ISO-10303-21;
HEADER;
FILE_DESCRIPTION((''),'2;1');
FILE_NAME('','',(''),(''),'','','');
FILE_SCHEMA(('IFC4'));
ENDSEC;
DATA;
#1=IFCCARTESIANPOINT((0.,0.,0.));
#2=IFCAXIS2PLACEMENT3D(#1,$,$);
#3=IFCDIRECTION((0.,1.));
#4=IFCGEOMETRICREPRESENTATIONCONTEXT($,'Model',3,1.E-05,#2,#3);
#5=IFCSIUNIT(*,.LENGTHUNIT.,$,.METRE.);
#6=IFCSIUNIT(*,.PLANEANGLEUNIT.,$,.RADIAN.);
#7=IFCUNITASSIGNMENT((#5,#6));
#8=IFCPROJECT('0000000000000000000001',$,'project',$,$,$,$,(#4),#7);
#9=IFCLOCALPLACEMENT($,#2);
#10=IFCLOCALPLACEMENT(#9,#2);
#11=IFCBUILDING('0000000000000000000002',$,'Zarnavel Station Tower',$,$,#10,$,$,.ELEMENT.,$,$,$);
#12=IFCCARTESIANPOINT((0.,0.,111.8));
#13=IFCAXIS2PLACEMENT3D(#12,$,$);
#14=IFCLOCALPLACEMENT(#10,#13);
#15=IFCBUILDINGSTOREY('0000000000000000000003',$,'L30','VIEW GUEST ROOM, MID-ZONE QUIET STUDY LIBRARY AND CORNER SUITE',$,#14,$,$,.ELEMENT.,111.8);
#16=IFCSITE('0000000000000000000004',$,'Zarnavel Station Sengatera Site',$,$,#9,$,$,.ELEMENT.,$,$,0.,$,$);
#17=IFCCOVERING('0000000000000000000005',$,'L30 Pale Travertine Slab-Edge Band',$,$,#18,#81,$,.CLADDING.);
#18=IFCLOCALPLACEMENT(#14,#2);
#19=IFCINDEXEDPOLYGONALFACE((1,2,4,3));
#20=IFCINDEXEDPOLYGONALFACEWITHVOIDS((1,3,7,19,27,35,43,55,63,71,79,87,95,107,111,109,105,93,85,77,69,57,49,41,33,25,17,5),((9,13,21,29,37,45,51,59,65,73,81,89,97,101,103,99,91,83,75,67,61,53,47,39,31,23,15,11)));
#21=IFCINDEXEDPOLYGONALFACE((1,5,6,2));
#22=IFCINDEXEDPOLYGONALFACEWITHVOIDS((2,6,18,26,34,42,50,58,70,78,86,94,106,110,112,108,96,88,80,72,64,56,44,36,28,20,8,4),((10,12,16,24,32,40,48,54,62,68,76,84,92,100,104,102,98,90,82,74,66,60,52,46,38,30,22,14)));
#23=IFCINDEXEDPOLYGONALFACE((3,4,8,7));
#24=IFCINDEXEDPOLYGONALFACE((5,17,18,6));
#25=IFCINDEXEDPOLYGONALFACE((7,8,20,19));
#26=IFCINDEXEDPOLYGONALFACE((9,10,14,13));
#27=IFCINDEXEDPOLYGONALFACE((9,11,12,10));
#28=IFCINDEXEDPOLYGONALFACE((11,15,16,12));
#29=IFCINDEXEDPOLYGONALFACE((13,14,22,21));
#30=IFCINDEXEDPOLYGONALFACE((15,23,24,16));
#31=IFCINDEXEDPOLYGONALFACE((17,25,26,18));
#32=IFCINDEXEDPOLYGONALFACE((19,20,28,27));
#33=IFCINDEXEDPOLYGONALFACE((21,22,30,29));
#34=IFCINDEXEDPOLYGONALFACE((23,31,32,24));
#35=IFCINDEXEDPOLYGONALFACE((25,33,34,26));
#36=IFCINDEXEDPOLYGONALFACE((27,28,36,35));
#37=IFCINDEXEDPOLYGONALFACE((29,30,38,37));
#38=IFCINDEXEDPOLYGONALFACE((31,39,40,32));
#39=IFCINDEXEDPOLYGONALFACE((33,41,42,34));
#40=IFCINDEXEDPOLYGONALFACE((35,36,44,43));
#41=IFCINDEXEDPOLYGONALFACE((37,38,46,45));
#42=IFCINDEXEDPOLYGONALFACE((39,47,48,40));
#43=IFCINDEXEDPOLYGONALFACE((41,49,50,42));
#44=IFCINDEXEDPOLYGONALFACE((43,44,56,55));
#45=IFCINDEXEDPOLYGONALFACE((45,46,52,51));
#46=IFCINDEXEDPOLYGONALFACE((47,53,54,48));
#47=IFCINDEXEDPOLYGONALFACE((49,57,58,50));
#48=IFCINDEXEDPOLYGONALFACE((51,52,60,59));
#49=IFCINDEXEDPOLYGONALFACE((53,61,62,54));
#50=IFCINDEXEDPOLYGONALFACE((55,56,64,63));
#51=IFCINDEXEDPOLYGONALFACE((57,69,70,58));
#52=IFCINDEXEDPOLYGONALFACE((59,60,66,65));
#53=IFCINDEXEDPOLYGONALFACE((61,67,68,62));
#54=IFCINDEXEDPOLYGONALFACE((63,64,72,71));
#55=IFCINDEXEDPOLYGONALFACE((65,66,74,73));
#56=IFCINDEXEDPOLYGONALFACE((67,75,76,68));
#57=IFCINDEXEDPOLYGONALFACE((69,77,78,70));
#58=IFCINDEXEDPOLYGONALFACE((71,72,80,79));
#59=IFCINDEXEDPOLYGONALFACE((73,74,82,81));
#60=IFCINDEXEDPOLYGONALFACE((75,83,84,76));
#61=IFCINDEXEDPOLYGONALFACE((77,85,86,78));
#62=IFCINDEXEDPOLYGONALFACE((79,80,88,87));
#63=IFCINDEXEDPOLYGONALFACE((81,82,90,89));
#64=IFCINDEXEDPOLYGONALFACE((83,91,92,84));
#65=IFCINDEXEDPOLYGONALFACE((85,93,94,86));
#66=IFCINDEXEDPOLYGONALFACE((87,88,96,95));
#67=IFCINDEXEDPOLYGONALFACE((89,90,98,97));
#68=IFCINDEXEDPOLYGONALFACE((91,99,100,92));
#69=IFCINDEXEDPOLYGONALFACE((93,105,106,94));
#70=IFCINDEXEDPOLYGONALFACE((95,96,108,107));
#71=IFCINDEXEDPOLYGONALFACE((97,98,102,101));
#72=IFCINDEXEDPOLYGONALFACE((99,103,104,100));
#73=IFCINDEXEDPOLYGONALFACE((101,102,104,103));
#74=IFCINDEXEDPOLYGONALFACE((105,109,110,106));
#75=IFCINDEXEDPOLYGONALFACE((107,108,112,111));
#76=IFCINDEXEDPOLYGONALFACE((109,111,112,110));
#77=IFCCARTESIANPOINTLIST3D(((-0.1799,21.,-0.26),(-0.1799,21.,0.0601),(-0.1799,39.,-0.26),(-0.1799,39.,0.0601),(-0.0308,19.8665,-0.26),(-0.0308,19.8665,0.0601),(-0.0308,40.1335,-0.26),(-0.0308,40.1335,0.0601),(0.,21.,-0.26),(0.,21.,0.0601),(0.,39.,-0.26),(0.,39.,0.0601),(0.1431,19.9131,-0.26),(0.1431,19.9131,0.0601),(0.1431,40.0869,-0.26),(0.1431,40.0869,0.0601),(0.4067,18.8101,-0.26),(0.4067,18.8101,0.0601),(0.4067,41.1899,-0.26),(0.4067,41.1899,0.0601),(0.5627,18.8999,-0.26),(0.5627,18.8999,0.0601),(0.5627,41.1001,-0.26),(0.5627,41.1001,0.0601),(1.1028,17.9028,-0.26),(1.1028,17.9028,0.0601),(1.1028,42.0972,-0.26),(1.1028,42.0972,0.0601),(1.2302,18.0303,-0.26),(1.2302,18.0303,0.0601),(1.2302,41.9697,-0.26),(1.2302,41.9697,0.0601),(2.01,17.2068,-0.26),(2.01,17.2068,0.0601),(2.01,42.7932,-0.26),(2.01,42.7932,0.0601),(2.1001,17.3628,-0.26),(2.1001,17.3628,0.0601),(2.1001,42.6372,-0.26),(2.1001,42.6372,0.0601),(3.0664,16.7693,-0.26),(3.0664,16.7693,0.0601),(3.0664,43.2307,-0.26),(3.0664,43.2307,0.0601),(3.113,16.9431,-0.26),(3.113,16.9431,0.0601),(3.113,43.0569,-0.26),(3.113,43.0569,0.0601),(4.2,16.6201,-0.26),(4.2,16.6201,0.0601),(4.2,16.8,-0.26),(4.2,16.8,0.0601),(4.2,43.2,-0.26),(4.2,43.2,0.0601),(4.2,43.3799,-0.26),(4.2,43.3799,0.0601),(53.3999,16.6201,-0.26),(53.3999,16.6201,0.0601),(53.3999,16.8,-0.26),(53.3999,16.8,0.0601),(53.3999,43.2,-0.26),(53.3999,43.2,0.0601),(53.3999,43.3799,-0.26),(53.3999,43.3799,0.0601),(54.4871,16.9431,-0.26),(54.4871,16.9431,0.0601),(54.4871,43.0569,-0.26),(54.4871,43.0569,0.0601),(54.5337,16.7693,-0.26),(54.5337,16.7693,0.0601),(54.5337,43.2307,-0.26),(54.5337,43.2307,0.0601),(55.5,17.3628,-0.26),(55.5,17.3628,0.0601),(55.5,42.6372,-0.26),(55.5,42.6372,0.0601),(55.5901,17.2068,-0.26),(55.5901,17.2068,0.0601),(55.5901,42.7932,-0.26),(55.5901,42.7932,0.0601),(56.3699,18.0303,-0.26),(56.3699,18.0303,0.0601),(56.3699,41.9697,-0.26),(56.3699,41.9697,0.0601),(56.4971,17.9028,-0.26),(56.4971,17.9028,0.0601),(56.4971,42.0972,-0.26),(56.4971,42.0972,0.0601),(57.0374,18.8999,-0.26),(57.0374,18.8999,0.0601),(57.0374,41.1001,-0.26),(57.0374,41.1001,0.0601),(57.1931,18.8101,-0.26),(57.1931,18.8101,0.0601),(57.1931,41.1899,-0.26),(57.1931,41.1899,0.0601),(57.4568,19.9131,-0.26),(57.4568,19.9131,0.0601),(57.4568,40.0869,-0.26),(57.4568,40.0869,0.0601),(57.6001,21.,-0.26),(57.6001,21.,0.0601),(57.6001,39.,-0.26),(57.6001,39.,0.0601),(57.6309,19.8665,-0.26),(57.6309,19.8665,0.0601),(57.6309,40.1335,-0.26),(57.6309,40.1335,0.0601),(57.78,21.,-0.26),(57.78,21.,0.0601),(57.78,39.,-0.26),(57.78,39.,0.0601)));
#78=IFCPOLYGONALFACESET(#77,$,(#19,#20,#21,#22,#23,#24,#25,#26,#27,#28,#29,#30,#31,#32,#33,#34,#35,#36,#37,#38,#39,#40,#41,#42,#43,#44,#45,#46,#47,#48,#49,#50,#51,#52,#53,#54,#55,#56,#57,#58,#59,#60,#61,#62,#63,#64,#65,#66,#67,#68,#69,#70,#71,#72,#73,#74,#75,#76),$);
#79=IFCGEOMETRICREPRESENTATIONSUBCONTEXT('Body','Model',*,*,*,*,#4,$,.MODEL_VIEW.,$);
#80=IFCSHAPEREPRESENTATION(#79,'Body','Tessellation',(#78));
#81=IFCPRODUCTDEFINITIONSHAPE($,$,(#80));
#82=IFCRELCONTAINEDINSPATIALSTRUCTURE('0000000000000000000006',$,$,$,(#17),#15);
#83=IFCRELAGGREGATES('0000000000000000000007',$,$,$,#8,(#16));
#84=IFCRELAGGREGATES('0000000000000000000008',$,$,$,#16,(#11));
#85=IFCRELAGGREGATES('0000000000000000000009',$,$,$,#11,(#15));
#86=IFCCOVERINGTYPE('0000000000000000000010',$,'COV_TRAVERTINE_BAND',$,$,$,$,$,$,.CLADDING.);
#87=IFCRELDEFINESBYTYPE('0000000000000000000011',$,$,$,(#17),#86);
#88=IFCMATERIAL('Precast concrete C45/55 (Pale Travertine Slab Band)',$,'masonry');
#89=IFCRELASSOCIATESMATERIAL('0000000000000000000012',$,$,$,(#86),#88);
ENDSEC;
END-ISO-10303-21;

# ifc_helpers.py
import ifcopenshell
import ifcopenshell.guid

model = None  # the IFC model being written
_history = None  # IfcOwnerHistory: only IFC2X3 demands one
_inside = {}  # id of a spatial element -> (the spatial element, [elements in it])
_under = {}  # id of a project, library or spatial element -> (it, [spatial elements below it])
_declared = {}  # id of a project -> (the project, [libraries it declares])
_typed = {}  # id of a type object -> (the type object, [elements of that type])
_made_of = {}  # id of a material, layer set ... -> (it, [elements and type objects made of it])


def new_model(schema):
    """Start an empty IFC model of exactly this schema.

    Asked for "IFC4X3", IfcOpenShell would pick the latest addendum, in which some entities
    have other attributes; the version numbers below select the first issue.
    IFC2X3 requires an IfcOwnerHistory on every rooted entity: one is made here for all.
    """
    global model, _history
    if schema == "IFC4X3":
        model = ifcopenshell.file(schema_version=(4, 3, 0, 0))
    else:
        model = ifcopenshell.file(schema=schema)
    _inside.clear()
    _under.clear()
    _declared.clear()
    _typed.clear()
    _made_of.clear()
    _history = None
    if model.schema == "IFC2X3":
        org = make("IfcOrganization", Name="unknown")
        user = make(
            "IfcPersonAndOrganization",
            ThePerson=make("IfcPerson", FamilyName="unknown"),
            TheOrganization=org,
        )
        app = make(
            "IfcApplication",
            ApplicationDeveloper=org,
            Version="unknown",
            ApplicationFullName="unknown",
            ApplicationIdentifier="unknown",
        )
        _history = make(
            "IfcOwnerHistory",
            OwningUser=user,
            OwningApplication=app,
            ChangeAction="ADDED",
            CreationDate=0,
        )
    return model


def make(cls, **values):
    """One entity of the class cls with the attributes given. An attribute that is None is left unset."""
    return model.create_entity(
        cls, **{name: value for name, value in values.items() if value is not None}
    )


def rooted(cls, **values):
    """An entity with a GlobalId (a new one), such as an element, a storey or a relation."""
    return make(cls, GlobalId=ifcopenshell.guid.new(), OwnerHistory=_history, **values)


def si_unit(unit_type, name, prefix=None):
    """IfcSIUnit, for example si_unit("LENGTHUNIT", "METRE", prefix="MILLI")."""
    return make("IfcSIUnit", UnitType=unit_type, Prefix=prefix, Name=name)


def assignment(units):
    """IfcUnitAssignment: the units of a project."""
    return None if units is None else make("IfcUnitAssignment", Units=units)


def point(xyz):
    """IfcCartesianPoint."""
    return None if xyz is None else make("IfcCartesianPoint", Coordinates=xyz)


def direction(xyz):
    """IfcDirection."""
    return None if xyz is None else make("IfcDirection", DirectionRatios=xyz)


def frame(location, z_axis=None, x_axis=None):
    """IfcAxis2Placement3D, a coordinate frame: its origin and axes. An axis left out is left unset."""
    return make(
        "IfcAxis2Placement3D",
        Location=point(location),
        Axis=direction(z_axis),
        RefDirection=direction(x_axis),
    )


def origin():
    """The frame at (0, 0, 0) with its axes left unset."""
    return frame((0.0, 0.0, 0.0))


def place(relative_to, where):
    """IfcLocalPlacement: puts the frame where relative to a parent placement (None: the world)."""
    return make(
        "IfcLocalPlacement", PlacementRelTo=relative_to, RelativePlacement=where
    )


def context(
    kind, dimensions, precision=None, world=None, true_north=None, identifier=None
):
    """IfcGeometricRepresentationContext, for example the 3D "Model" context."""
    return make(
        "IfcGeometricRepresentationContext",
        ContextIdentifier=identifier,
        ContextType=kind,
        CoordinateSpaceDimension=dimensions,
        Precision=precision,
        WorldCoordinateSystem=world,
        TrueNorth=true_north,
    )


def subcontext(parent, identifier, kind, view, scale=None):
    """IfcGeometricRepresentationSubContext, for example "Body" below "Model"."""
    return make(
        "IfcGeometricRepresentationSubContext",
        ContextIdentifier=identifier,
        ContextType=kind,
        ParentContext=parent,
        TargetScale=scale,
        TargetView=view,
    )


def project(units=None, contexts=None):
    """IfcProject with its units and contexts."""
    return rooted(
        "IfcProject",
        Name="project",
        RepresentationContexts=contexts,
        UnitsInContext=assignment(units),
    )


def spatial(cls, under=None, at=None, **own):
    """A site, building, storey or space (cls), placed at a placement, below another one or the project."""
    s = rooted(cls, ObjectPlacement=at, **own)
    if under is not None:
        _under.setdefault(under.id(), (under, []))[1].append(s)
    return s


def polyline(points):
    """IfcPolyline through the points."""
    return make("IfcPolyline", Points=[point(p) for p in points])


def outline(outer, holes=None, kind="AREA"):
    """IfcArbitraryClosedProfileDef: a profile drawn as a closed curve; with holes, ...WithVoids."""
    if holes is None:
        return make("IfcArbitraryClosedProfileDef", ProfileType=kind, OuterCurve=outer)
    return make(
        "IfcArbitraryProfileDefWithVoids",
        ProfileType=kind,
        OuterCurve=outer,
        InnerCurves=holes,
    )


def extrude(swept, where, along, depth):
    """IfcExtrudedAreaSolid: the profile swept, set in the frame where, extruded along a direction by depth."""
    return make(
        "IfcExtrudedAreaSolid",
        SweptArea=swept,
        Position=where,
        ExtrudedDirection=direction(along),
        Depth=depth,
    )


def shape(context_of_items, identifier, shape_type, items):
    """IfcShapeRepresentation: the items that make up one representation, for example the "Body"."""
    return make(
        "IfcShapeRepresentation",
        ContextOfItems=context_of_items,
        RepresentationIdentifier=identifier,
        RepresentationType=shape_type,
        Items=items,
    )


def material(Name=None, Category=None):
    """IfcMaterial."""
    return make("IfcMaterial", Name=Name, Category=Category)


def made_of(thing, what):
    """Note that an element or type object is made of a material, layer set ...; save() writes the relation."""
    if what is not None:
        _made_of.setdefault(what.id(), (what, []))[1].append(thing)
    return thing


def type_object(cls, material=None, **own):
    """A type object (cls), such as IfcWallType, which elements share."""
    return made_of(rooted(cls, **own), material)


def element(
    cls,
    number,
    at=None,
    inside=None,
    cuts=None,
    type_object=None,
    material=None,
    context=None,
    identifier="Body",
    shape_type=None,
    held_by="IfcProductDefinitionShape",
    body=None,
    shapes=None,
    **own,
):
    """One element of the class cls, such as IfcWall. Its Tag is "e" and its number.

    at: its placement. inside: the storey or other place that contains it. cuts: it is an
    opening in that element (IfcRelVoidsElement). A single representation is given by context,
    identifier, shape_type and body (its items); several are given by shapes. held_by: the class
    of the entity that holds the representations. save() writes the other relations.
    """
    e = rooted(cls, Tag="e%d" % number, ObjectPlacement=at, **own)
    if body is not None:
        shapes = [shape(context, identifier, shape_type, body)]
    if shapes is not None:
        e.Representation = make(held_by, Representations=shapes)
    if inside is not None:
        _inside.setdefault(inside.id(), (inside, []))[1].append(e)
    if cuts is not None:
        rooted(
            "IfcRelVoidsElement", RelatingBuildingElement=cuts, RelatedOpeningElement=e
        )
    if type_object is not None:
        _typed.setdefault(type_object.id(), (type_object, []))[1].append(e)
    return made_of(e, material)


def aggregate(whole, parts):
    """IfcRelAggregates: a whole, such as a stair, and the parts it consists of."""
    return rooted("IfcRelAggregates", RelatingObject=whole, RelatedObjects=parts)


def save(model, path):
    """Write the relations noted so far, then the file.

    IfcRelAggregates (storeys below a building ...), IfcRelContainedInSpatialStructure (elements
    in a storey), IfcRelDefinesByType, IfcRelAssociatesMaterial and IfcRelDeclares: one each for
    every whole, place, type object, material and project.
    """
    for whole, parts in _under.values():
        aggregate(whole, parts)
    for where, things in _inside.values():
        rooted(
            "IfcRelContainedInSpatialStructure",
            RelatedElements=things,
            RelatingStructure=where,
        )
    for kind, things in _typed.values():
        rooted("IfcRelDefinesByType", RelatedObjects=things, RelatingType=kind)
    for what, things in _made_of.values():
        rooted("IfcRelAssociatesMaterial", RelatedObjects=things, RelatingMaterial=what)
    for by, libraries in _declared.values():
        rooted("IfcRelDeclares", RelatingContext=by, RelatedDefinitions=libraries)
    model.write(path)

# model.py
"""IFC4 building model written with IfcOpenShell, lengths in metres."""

from ifc_helpers import new_model, si_unit, direction, frame, origin, place, context, subcontext, project, spatial, polyline, outline, extrude, material, type_object, element, save


model = new_model("IFC4")

# Units and contexts
model_context = context("Model", 3, precision=1e-05, world=origin(), true_north=direction((0.0, 1.0)))
body_context = subcontext(model_context, "Body", "Model", "MODEL_VIEW")
ifc_project = project(units=[si_unit("LENGTHUNIT", "METRE"), si_unit("PLANEANGLEUNIT", "RADIAN")], contexts=[model_context])

# Site, building, storey
site_placement = place(None, origin())
site = spatial("IfcSite", under=ifc_project, at=site_placement, Name="Zarnavel Station Sengatera Site", CompositionType="ELEMENT", RefElevation=0.0)
building_placement = place(site_placement, origin())
building = spatial("IfcBuilding", under=site, at=building_placement, Name="Zarnavel Station Tower", CompositionType="ELEMENT")
storey_placement = place(building_placement, frame((0.0, 0.0, 111.8)))
storey = spatial("IfcBuildingStorey", under=building, at=storey_placement, Name="L30", Description="VIEW GUEST ROOM, MID-ZONE QUIET STUDY LIBRARY AND CORNER SUITE", CompositionType="ELEMENT", Elevation=111.8)

# Covering
ifc_material_1 = material(Name="Precast concrete C45/55 (Pale Travertine Slab Band)", Category="masonry")
covering_type_1 = type_object("IfcCoveringType", Name="COV_TRAVERTINE_BAND", PredefinedType="CLADDING", material=ifc_material_1)
covering_1_placement = place(storey_placement, frame((0.0, 0.0, -0.26)))
element("IfcCovering", 1, at=covering_1_placement, inside=storey, type_object=covering_type_1, Name="L30 Pale Travertine Slab-Edge Band", PredefinedType="CLADDING", context=body_context, shape_type="SweptSolid", body=[
    extrude(outline(polyline([(53.3999, 16.6201), (54.5337, 16.7693), (55.5901, 17.2068), (56.4971, 17.9028), (57.1931, 18.8101), (57.6309, 19.8665), (57.78, 21.0), (57.78, 39.0), (57.6309, 40.1335), (57.1931, 41.1899), (56.4971, 42.0972), (55.5901, 42.7932), (54.5337, 43.2307), (53.3999, 43.3799), (4.2, 43.3799), (3.0664, 43.2307), (2.01, 42.7932), (1.1028, 42.0972), (0.4067, 41.1899), (-0.0308, 40.1335), (-0.1799, 39.0), (-0.1799, 21.0), (-0.0308, 19.8665), (0.4067, 18.8101), (1.1028, 17.9028), (2.01, 17.2068), (3.0664, 16.7693), (4.2, 16.6201), (53.3999, 16.6201)]), holes=[polyline([(53.3999, 16.8), (54.4871, 16.9431), (55.5, 17.3628), (56.3699, 18.0303), (57.0374, 18.8999), (57.4568, 19.9131), (57.6001, 21.0), (57.6001, 39.0), (57.4568, 40.0869), (57.0374, 41.1001), (56.3699, 41.9697), (55.5, 42.6372), (54.4871, 43.0569), (53.3999, 43.2), (4.2, 43.2), (3.113, 43.0569), (2.1001, 42.6372), (1.2302, 41.9697), (0.5627, 41.1001), (0.1431, 40.0869), (0.0, 39.0), (0.0, 21.0), (0.1431, 19.9131), (0.5627, 18.8999), (1.2302, 18.0303), (2.1001, 17.3628), (3.113, 16.9431), (4.2, 16.8), (53.3999, 16.8)])]), origin(), (0.0, 0.0, 1.0), 0.3201),
])

save(model, "model.ifc")
